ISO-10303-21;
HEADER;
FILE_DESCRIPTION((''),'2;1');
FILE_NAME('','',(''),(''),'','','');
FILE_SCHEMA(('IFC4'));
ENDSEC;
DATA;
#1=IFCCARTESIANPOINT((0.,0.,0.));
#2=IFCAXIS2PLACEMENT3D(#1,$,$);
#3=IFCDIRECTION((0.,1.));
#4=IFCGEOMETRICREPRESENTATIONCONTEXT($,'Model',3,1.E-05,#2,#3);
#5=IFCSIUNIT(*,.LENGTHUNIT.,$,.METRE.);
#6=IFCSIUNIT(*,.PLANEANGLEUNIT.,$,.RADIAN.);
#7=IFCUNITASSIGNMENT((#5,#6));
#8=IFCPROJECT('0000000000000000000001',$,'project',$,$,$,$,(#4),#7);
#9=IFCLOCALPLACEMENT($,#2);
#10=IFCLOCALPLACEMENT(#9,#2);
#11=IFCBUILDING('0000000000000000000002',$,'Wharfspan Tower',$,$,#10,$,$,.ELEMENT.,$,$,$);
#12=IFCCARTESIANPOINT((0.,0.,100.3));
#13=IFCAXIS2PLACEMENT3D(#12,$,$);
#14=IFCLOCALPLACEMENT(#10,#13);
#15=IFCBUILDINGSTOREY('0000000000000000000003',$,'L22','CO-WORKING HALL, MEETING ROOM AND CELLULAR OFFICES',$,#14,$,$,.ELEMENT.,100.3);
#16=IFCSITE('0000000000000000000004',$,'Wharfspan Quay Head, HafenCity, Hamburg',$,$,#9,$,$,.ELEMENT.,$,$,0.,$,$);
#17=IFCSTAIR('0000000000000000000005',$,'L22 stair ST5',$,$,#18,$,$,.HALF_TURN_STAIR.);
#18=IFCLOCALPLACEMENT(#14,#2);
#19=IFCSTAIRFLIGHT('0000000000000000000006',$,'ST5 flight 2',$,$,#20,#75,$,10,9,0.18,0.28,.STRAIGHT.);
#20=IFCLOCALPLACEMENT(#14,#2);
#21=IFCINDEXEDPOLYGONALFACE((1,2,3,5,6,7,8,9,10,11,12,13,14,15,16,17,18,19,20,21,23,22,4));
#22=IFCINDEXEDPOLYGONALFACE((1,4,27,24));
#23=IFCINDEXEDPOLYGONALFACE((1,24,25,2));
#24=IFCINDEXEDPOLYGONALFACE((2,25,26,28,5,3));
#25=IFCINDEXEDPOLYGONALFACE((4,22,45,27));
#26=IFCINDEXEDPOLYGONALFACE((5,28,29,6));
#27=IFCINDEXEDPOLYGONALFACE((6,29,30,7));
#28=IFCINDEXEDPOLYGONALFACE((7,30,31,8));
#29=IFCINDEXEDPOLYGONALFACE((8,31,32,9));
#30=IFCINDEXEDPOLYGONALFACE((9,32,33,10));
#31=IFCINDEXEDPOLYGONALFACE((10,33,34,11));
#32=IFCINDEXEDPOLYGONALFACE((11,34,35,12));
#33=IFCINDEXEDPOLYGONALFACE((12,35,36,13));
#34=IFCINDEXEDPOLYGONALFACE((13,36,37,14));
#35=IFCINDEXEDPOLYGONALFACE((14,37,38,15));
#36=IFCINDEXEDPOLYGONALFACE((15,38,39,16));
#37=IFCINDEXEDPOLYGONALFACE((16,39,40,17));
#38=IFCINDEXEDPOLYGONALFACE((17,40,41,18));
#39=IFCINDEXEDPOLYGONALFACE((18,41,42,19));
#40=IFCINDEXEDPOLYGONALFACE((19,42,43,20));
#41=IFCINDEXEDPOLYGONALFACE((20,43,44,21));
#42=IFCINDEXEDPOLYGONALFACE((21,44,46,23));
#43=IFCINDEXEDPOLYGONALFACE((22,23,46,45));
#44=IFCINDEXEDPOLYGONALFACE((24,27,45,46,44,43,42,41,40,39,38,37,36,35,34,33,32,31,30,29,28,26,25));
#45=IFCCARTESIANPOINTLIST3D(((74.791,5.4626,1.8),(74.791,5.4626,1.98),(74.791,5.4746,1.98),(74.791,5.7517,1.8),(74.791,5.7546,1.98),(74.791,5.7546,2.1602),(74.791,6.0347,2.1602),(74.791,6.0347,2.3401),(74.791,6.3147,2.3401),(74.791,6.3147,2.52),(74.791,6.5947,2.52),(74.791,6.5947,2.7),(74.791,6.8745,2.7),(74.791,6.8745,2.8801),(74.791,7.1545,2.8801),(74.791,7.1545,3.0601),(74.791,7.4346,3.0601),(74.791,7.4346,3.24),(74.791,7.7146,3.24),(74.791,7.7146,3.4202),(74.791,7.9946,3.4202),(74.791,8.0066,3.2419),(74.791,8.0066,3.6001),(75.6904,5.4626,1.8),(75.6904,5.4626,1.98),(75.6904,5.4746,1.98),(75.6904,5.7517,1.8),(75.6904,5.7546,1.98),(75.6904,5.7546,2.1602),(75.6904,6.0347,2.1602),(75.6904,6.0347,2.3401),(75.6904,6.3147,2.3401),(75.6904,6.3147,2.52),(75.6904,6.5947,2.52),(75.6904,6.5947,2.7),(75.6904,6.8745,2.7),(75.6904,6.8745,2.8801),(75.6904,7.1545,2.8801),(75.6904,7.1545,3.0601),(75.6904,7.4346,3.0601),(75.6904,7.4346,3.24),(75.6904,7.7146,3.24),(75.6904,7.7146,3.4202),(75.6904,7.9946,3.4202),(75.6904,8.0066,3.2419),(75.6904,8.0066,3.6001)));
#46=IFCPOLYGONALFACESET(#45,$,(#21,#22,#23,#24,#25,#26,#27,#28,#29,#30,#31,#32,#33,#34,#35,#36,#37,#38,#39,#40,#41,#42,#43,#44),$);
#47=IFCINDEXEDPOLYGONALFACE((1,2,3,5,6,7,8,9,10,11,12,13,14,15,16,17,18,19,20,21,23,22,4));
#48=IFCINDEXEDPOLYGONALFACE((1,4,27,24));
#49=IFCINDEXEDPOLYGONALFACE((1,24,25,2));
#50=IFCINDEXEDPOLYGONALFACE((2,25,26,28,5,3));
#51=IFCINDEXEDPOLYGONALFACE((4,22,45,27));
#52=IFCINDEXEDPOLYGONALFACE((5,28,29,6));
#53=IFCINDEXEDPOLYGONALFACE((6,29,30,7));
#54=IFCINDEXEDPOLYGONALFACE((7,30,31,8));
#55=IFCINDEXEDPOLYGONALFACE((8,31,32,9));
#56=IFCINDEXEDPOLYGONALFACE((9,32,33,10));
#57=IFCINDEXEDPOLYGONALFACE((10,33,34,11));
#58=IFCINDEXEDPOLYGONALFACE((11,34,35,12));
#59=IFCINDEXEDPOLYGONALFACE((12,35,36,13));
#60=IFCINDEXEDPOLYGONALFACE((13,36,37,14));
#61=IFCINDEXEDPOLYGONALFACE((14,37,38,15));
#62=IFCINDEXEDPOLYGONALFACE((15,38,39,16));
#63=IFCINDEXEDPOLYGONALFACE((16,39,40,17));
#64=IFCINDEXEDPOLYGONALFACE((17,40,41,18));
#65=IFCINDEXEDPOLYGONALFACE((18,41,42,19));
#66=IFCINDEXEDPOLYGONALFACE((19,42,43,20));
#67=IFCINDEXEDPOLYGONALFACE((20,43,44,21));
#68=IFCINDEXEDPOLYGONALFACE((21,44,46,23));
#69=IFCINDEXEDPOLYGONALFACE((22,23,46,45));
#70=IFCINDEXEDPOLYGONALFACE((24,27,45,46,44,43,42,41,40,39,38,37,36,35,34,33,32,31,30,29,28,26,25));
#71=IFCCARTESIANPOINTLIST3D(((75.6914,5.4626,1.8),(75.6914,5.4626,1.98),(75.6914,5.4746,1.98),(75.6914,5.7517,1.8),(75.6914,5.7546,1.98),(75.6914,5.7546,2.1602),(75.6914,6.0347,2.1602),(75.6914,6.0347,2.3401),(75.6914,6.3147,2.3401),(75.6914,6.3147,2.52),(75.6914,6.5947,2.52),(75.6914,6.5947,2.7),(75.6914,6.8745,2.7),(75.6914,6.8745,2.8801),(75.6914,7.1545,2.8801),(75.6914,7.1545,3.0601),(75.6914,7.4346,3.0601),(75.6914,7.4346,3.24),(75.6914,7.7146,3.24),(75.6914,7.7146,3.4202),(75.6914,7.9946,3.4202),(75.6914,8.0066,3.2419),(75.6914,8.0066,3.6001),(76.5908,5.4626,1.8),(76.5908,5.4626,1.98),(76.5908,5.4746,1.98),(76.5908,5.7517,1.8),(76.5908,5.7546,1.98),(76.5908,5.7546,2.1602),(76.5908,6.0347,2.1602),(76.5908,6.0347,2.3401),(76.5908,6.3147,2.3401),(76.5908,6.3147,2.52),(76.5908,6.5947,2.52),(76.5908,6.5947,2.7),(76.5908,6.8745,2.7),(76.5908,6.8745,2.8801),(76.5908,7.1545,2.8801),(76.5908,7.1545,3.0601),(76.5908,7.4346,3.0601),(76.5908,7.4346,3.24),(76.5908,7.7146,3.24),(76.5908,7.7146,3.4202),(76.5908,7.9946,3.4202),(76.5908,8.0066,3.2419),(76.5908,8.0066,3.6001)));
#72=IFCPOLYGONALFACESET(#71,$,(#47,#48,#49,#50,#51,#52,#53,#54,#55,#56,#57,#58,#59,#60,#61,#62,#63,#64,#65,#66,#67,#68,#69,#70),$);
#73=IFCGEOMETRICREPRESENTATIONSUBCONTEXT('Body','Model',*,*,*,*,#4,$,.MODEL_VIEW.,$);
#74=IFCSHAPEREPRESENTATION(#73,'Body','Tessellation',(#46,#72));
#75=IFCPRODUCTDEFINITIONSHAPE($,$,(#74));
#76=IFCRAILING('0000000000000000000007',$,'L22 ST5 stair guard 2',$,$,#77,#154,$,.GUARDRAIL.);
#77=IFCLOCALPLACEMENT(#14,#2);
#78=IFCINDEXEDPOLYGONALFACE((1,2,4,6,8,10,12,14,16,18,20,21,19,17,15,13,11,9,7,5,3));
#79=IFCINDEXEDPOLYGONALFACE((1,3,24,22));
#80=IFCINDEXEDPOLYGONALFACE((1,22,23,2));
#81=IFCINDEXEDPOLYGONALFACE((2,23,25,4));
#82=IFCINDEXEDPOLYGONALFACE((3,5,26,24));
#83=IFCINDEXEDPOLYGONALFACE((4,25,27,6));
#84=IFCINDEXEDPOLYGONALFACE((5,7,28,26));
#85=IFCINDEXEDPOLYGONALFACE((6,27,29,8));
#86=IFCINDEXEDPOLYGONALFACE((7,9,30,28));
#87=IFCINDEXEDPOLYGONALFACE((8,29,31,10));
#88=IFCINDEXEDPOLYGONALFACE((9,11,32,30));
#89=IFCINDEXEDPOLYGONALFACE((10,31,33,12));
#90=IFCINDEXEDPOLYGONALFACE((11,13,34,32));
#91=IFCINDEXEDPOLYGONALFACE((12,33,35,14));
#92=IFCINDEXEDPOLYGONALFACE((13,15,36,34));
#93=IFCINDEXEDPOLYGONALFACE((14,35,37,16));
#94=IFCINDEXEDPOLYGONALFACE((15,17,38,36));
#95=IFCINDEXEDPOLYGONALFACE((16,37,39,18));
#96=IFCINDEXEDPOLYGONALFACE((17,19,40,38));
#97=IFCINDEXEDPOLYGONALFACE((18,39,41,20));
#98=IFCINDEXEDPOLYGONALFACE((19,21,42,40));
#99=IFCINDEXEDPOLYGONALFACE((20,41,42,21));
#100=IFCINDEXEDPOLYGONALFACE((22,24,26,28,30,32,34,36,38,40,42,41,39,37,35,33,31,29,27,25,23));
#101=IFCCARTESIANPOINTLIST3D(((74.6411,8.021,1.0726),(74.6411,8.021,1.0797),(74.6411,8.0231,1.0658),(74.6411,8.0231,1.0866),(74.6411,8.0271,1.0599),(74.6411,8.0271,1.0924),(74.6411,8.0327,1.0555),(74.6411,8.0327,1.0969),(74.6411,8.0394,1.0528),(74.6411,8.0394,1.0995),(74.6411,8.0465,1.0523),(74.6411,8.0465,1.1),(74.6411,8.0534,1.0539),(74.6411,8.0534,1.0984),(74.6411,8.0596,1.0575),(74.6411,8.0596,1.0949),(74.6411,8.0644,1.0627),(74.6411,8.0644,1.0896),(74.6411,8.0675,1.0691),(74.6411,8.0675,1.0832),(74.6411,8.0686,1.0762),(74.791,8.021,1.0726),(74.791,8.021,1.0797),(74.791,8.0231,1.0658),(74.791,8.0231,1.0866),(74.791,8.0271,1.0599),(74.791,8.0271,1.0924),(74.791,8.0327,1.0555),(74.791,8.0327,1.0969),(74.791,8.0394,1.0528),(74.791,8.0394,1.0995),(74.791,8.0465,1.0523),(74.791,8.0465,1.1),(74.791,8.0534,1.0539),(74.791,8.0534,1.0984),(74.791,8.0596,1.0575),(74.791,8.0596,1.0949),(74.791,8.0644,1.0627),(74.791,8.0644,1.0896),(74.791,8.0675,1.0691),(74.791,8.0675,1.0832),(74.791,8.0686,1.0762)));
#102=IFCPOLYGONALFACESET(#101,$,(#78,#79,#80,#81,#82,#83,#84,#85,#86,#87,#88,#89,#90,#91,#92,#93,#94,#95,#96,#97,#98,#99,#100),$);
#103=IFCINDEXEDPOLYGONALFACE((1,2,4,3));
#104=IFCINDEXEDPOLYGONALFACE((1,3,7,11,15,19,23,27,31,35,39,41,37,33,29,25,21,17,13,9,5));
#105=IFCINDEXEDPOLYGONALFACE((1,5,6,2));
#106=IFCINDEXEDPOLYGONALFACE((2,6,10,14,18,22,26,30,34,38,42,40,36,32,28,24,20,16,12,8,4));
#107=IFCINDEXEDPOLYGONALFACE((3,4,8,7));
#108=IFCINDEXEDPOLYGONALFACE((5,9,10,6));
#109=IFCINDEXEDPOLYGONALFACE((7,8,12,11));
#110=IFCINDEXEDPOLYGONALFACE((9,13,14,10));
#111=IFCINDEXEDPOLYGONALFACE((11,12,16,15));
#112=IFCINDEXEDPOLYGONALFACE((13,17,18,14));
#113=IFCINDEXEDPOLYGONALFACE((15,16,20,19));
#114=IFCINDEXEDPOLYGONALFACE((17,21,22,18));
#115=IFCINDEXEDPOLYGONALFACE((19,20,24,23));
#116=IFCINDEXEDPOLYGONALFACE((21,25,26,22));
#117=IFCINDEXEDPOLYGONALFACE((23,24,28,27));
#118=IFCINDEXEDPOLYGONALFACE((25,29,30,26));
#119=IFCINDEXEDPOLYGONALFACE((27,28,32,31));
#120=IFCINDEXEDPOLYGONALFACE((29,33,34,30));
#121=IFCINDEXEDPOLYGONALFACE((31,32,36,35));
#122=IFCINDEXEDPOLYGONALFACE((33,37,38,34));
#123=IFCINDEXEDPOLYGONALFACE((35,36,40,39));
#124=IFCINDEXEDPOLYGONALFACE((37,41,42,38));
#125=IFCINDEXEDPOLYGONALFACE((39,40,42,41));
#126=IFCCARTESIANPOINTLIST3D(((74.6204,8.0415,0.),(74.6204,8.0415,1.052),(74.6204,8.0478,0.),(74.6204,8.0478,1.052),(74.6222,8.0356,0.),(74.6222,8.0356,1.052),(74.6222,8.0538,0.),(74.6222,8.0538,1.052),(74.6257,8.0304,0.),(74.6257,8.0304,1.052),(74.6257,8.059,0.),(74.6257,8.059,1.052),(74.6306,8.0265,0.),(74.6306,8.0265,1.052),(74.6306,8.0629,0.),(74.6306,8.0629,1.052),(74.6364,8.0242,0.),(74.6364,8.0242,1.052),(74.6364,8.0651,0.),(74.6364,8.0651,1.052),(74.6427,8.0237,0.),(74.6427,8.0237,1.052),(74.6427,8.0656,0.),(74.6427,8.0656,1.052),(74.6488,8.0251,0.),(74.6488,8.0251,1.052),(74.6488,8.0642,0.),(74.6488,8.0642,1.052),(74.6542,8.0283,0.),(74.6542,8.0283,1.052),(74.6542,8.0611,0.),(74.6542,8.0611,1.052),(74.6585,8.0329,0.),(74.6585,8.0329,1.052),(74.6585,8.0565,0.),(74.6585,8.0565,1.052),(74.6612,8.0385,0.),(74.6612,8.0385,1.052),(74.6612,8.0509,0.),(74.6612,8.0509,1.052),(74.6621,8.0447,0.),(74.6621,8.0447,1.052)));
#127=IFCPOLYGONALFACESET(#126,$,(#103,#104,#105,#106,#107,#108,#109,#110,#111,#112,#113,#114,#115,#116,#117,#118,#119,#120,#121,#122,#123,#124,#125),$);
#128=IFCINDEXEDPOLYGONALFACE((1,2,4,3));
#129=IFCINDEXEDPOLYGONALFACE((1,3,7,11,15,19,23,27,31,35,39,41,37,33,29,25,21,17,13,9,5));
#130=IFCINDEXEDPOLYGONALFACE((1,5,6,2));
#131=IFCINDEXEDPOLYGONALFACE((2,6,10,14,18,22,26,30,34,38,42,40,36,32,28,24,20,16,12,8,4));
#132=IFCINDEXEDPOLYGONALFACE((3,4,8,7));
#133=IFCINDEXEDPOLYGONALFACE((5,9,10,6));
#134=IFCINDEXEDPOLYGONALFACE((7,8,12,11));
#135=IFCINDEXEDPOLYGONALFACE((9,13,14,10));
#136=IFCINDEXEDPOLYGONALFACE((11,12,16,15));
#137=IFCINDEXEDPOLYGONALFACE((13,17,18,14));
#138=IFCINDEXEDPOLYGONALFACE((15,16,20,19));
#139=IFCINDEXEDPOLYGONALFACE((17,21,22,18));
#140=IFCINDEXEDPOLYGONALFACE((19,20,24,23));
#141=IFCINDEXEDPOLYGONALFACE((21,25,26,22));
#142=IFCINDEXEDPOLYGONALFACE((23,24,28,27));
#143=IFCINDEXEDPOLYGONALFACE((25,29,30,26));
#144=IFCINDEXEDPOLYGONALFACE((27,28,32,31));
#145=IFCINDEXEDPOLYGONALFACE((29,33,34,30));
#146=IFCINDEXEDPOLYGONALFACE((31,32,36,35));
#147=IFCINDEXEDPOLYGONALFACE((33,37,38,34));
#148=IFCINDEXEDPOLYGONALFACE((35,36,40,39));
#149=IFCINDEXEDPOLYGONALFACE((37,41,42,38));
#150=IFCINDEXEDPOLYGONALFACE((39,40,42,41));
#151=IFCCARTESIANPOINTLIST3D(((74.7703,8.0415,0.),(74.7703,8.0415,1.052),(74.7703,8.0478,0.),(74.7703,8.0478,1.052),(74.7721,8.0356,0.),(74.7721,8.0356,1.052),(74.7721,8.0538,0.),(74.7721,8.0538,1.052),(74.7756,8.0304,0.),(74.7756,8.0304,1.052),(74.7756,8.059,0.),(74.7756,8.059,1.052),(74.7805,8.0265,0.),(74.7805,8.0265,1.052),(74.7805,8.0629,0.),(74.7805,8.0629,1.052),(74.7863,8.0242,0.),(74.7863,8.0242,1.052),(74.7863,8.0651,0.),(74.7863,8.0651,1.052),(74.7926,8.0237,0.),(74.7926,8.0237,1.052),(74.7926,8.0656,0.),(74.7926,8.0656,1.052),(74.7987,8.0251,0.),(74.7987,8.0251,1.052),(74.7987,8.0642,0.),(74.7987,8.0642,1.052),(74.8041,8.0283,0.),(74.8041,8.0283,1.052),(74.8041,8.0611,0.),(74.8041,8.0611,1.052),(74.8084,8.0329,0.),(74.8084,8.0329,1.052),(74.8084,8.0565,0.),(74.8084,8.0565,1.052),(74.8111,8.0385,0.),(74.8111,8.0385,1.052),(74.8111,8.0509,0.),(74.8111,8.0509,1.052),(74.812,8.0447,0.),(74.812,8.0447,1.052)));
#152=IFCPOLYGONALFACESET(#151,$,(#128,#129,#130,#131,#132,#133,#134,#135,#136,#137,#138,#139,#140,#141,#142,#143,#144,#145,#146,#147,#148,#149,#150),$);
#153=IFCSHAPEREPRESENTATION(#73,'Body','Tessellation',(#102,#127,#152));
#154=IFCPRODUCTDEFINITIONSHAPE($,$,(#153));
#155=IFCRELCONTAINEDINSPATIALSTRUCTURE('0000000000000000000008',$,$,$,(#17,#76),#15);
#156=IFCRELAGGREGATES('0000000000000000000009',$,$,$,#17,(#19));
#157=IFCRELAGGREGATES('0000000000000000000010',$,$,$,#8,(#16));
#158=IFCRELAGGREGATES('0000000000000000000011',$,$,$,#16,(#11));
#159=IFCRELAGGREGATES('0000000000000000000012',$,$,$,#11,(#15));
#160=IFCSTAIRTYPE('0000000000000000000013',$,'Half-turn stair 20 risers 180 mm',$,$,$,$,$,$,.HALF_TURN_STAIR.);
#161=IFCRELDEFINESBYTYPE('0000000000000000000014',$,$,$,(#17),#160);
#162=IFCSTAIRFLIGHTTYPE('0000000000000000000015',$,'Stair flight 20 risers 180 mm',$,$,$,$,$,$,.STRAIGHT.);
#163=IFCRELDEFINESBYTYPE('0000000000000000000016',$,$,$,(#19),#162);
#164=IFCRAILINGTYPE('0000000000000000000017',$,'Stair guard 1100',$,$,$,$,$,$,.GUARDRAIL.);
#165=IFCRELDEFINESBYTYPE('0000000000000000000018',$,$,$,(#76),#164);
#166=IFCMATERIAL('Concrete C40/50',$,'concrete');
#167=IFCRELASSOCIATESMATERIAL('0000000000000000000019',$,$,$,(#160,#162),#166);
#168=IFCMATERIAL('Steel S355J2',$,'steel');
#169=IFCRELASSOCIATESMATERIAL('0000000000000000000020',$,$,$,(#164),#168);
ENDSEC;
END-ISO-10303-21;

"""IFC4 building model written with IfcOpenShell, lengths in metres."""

from ifc_helpers import new_model, si_unit, direction, frame, origin, origin_2d, place, context, subcontext, project, spatial, polyline, circle, outline, extrude, material, type_object, element, aggregate, save


model = new_model("IFC4")

# Units and contexts
model_context = context("Model", 3, precision=1e-05, world=origin(), true_north=direction((0.0, 1.0)))
body_context = subcontext(model_context, "Body", "Model", "MODEL_VIEW")
ifc_project = project(units=[si_unit("LENGTHUNIT", "METRE"), si_unit("PLANEANGLEUNIT", "RADIAN")], contexts=[model_context])

# Site, building, storey
site_placement = place(None, origin())
site = spatial("IfcSite", under=ifc_project, at=site_placement, Name="Wharfspan Quay Head, HafenCity, Hamburg", CompositionType="ELEMENT", RefElevation=0.0)
building_placement = place(site_placement, origin())
building = spatial("IfcBuilding", under=site, at=building_placement, Name="Wharfspan Tower", CompositionType="ELEMENT")
storey_placement = place(building_placement, frame((0.0, 0.0, 100.3)))
storey = spatial("IfcBuildingStorey", under=building, at=storey_placement, Name="L22", Description="CO-WORKING HALL, MEETING ROOM AND CELLULAR OFFICES", CompositionType="ELEMENT", Elevation=100.3)

# Shared definitions
ifc_material_1 = material(Name="Steel S355J2", Category="steel")

# Shared definitions
ifc_material_2 = material(Name="Concrete C40/50", Category="concrete")

# Stair, stair flight
stair_type = type_object("IfcStairType", Name="Half-turn stair 20 risers 180 mm", PredefinedType="HALF_TURN_STAIR", material=ifc_material_2)
stair_placement = place(storey_placement, origin())
stair = element("IfcStair", 1, at=stair_placement, inside=storey, type_object=stair_type, Name="L22 stair ST5", PredefinedType="HALF_TURN_STAIR")
stair_flight_type = type_object("IfcStairFlightType", Name="Stair flight 20 risers 180 mm", PredefinedType="STRAIGHT", material=ifc_material_2)
stair_flight_1_placement = place(storey_placement, frame((75.6909, 5.4746, 1.8), z_axis=(0.0, 0.0, 1.0), x_axis=(0.0, 1.0, 0.0)))
stair_flight_1 = element("IfcStairFlight", 2, at=stair_flight_1_placement, type_object=stair_flight_type, Name="ST5 flight 2", NumberOfRisers=10, NumberOfTreads=9, PredefinedType="STRAIGHT", RiserHeight=0.18, TreadLength=0.28, context=body_context, shape_type="SweptSolid", body=[
    extrude(outline(polyline([(-0.012, 0.0), (-0.012, 0.1799), (0.0, 0.1799), (0.28, 0.1799), (0.28, 0.3601), (0.5601, 0.3601), (0.5601, 0.54), (0.8401, 0.54), (0.8401, 0.72), (1.1201, 0.72), (1.1201, 0.8999), (1.3999, 0.8999), (1.3999, 1.0801), (1.6799, 1.0801), (1.6799, 1.26), (1.96, 1.26), (1.96, 1.4399), (2.24, 1.4399), (2.24, 1.6201), (2.52, 1.6201), (2.532, 1.8), (2.532, 1.4419), (0.2771, 0.0), (-0.012, 0.0)])), frame((0.0, 0.8999, 0.0), z_axis=(0.0, -1.0, 0.0), x_axis=(1.0, 0.0, 0.0)), (0.0, 0.0, 1.0), 0.8994),
    extrude(outline(polyline([(-0.012, 0.0), (-0.012, 0.1799), (0.0, 0.1799), (0.28, 0.1799), (0.28, 0.3601), (0.5601, 0.3601), (0.5601, 0.54), (0.8401, 0.54), (0.8401, 0.72), (1.1201, 0.72), (1.1201, 0.8999), (1.3999, 0.8999), (1.3999, 1.0801), (1.6799, 1.0801), (1.6799, 1.26), (1.96, 1.26), (1.96, 1.4399), (2.24, 1.4399), (2.24, 1.6201), (2.52, 1.6201), (2.532, 1.8), (2.532, 1.4419), (0.2771, 0.0), (-0.012, 0.0)])), frame((0.0, -0.0005, 0.0), z_axis=(0.0, -1.0, 0.0), x_axis=(1.0, 0.0, 0.0)), (0.0, 0.0, 1.0), 0.8994),
])
aggregate(stair, [stair_flight_1])

# Railing
railing_type_1 = type_object("IfcRailingType", Name="Stair guard 1100", PredefinedType="GUARDRAIL", material=ifc_material_1)
railing_1_placement = place(storey_placement, frame((74.6411, 8.0447, 0.0)))
element("IfcRailing", 3, at=railing_1_placement, inside=storey, type_object=railing_type_1, Name="L22 ST5 stair guard 2", PredefinedType="GUARDRAIL", context=body_context, shape_type="SweptSolid", body=[
    extrude(circle(Radius=0.0239, at=origin_2d()), frame((0.0, 0.0, 1.0762), z_axis=(1.0, 0.0, 0.0), x_axis=(0.0, 1.0, 0.0)), (0.0, 0.0, 1.0), 0.1499),
    extrude(circle(Radius=0.021, at=origin_2d()), origin(), (0.0, 0.0, 1.0), 1.052),
    extrude(circle(Radius=0.021, at=origin_2d()), frame((0.1499, 0.0, 0.0)), (0.0, 0.0, 1.0), 1.052),
])

save(model, "model.ifc")
